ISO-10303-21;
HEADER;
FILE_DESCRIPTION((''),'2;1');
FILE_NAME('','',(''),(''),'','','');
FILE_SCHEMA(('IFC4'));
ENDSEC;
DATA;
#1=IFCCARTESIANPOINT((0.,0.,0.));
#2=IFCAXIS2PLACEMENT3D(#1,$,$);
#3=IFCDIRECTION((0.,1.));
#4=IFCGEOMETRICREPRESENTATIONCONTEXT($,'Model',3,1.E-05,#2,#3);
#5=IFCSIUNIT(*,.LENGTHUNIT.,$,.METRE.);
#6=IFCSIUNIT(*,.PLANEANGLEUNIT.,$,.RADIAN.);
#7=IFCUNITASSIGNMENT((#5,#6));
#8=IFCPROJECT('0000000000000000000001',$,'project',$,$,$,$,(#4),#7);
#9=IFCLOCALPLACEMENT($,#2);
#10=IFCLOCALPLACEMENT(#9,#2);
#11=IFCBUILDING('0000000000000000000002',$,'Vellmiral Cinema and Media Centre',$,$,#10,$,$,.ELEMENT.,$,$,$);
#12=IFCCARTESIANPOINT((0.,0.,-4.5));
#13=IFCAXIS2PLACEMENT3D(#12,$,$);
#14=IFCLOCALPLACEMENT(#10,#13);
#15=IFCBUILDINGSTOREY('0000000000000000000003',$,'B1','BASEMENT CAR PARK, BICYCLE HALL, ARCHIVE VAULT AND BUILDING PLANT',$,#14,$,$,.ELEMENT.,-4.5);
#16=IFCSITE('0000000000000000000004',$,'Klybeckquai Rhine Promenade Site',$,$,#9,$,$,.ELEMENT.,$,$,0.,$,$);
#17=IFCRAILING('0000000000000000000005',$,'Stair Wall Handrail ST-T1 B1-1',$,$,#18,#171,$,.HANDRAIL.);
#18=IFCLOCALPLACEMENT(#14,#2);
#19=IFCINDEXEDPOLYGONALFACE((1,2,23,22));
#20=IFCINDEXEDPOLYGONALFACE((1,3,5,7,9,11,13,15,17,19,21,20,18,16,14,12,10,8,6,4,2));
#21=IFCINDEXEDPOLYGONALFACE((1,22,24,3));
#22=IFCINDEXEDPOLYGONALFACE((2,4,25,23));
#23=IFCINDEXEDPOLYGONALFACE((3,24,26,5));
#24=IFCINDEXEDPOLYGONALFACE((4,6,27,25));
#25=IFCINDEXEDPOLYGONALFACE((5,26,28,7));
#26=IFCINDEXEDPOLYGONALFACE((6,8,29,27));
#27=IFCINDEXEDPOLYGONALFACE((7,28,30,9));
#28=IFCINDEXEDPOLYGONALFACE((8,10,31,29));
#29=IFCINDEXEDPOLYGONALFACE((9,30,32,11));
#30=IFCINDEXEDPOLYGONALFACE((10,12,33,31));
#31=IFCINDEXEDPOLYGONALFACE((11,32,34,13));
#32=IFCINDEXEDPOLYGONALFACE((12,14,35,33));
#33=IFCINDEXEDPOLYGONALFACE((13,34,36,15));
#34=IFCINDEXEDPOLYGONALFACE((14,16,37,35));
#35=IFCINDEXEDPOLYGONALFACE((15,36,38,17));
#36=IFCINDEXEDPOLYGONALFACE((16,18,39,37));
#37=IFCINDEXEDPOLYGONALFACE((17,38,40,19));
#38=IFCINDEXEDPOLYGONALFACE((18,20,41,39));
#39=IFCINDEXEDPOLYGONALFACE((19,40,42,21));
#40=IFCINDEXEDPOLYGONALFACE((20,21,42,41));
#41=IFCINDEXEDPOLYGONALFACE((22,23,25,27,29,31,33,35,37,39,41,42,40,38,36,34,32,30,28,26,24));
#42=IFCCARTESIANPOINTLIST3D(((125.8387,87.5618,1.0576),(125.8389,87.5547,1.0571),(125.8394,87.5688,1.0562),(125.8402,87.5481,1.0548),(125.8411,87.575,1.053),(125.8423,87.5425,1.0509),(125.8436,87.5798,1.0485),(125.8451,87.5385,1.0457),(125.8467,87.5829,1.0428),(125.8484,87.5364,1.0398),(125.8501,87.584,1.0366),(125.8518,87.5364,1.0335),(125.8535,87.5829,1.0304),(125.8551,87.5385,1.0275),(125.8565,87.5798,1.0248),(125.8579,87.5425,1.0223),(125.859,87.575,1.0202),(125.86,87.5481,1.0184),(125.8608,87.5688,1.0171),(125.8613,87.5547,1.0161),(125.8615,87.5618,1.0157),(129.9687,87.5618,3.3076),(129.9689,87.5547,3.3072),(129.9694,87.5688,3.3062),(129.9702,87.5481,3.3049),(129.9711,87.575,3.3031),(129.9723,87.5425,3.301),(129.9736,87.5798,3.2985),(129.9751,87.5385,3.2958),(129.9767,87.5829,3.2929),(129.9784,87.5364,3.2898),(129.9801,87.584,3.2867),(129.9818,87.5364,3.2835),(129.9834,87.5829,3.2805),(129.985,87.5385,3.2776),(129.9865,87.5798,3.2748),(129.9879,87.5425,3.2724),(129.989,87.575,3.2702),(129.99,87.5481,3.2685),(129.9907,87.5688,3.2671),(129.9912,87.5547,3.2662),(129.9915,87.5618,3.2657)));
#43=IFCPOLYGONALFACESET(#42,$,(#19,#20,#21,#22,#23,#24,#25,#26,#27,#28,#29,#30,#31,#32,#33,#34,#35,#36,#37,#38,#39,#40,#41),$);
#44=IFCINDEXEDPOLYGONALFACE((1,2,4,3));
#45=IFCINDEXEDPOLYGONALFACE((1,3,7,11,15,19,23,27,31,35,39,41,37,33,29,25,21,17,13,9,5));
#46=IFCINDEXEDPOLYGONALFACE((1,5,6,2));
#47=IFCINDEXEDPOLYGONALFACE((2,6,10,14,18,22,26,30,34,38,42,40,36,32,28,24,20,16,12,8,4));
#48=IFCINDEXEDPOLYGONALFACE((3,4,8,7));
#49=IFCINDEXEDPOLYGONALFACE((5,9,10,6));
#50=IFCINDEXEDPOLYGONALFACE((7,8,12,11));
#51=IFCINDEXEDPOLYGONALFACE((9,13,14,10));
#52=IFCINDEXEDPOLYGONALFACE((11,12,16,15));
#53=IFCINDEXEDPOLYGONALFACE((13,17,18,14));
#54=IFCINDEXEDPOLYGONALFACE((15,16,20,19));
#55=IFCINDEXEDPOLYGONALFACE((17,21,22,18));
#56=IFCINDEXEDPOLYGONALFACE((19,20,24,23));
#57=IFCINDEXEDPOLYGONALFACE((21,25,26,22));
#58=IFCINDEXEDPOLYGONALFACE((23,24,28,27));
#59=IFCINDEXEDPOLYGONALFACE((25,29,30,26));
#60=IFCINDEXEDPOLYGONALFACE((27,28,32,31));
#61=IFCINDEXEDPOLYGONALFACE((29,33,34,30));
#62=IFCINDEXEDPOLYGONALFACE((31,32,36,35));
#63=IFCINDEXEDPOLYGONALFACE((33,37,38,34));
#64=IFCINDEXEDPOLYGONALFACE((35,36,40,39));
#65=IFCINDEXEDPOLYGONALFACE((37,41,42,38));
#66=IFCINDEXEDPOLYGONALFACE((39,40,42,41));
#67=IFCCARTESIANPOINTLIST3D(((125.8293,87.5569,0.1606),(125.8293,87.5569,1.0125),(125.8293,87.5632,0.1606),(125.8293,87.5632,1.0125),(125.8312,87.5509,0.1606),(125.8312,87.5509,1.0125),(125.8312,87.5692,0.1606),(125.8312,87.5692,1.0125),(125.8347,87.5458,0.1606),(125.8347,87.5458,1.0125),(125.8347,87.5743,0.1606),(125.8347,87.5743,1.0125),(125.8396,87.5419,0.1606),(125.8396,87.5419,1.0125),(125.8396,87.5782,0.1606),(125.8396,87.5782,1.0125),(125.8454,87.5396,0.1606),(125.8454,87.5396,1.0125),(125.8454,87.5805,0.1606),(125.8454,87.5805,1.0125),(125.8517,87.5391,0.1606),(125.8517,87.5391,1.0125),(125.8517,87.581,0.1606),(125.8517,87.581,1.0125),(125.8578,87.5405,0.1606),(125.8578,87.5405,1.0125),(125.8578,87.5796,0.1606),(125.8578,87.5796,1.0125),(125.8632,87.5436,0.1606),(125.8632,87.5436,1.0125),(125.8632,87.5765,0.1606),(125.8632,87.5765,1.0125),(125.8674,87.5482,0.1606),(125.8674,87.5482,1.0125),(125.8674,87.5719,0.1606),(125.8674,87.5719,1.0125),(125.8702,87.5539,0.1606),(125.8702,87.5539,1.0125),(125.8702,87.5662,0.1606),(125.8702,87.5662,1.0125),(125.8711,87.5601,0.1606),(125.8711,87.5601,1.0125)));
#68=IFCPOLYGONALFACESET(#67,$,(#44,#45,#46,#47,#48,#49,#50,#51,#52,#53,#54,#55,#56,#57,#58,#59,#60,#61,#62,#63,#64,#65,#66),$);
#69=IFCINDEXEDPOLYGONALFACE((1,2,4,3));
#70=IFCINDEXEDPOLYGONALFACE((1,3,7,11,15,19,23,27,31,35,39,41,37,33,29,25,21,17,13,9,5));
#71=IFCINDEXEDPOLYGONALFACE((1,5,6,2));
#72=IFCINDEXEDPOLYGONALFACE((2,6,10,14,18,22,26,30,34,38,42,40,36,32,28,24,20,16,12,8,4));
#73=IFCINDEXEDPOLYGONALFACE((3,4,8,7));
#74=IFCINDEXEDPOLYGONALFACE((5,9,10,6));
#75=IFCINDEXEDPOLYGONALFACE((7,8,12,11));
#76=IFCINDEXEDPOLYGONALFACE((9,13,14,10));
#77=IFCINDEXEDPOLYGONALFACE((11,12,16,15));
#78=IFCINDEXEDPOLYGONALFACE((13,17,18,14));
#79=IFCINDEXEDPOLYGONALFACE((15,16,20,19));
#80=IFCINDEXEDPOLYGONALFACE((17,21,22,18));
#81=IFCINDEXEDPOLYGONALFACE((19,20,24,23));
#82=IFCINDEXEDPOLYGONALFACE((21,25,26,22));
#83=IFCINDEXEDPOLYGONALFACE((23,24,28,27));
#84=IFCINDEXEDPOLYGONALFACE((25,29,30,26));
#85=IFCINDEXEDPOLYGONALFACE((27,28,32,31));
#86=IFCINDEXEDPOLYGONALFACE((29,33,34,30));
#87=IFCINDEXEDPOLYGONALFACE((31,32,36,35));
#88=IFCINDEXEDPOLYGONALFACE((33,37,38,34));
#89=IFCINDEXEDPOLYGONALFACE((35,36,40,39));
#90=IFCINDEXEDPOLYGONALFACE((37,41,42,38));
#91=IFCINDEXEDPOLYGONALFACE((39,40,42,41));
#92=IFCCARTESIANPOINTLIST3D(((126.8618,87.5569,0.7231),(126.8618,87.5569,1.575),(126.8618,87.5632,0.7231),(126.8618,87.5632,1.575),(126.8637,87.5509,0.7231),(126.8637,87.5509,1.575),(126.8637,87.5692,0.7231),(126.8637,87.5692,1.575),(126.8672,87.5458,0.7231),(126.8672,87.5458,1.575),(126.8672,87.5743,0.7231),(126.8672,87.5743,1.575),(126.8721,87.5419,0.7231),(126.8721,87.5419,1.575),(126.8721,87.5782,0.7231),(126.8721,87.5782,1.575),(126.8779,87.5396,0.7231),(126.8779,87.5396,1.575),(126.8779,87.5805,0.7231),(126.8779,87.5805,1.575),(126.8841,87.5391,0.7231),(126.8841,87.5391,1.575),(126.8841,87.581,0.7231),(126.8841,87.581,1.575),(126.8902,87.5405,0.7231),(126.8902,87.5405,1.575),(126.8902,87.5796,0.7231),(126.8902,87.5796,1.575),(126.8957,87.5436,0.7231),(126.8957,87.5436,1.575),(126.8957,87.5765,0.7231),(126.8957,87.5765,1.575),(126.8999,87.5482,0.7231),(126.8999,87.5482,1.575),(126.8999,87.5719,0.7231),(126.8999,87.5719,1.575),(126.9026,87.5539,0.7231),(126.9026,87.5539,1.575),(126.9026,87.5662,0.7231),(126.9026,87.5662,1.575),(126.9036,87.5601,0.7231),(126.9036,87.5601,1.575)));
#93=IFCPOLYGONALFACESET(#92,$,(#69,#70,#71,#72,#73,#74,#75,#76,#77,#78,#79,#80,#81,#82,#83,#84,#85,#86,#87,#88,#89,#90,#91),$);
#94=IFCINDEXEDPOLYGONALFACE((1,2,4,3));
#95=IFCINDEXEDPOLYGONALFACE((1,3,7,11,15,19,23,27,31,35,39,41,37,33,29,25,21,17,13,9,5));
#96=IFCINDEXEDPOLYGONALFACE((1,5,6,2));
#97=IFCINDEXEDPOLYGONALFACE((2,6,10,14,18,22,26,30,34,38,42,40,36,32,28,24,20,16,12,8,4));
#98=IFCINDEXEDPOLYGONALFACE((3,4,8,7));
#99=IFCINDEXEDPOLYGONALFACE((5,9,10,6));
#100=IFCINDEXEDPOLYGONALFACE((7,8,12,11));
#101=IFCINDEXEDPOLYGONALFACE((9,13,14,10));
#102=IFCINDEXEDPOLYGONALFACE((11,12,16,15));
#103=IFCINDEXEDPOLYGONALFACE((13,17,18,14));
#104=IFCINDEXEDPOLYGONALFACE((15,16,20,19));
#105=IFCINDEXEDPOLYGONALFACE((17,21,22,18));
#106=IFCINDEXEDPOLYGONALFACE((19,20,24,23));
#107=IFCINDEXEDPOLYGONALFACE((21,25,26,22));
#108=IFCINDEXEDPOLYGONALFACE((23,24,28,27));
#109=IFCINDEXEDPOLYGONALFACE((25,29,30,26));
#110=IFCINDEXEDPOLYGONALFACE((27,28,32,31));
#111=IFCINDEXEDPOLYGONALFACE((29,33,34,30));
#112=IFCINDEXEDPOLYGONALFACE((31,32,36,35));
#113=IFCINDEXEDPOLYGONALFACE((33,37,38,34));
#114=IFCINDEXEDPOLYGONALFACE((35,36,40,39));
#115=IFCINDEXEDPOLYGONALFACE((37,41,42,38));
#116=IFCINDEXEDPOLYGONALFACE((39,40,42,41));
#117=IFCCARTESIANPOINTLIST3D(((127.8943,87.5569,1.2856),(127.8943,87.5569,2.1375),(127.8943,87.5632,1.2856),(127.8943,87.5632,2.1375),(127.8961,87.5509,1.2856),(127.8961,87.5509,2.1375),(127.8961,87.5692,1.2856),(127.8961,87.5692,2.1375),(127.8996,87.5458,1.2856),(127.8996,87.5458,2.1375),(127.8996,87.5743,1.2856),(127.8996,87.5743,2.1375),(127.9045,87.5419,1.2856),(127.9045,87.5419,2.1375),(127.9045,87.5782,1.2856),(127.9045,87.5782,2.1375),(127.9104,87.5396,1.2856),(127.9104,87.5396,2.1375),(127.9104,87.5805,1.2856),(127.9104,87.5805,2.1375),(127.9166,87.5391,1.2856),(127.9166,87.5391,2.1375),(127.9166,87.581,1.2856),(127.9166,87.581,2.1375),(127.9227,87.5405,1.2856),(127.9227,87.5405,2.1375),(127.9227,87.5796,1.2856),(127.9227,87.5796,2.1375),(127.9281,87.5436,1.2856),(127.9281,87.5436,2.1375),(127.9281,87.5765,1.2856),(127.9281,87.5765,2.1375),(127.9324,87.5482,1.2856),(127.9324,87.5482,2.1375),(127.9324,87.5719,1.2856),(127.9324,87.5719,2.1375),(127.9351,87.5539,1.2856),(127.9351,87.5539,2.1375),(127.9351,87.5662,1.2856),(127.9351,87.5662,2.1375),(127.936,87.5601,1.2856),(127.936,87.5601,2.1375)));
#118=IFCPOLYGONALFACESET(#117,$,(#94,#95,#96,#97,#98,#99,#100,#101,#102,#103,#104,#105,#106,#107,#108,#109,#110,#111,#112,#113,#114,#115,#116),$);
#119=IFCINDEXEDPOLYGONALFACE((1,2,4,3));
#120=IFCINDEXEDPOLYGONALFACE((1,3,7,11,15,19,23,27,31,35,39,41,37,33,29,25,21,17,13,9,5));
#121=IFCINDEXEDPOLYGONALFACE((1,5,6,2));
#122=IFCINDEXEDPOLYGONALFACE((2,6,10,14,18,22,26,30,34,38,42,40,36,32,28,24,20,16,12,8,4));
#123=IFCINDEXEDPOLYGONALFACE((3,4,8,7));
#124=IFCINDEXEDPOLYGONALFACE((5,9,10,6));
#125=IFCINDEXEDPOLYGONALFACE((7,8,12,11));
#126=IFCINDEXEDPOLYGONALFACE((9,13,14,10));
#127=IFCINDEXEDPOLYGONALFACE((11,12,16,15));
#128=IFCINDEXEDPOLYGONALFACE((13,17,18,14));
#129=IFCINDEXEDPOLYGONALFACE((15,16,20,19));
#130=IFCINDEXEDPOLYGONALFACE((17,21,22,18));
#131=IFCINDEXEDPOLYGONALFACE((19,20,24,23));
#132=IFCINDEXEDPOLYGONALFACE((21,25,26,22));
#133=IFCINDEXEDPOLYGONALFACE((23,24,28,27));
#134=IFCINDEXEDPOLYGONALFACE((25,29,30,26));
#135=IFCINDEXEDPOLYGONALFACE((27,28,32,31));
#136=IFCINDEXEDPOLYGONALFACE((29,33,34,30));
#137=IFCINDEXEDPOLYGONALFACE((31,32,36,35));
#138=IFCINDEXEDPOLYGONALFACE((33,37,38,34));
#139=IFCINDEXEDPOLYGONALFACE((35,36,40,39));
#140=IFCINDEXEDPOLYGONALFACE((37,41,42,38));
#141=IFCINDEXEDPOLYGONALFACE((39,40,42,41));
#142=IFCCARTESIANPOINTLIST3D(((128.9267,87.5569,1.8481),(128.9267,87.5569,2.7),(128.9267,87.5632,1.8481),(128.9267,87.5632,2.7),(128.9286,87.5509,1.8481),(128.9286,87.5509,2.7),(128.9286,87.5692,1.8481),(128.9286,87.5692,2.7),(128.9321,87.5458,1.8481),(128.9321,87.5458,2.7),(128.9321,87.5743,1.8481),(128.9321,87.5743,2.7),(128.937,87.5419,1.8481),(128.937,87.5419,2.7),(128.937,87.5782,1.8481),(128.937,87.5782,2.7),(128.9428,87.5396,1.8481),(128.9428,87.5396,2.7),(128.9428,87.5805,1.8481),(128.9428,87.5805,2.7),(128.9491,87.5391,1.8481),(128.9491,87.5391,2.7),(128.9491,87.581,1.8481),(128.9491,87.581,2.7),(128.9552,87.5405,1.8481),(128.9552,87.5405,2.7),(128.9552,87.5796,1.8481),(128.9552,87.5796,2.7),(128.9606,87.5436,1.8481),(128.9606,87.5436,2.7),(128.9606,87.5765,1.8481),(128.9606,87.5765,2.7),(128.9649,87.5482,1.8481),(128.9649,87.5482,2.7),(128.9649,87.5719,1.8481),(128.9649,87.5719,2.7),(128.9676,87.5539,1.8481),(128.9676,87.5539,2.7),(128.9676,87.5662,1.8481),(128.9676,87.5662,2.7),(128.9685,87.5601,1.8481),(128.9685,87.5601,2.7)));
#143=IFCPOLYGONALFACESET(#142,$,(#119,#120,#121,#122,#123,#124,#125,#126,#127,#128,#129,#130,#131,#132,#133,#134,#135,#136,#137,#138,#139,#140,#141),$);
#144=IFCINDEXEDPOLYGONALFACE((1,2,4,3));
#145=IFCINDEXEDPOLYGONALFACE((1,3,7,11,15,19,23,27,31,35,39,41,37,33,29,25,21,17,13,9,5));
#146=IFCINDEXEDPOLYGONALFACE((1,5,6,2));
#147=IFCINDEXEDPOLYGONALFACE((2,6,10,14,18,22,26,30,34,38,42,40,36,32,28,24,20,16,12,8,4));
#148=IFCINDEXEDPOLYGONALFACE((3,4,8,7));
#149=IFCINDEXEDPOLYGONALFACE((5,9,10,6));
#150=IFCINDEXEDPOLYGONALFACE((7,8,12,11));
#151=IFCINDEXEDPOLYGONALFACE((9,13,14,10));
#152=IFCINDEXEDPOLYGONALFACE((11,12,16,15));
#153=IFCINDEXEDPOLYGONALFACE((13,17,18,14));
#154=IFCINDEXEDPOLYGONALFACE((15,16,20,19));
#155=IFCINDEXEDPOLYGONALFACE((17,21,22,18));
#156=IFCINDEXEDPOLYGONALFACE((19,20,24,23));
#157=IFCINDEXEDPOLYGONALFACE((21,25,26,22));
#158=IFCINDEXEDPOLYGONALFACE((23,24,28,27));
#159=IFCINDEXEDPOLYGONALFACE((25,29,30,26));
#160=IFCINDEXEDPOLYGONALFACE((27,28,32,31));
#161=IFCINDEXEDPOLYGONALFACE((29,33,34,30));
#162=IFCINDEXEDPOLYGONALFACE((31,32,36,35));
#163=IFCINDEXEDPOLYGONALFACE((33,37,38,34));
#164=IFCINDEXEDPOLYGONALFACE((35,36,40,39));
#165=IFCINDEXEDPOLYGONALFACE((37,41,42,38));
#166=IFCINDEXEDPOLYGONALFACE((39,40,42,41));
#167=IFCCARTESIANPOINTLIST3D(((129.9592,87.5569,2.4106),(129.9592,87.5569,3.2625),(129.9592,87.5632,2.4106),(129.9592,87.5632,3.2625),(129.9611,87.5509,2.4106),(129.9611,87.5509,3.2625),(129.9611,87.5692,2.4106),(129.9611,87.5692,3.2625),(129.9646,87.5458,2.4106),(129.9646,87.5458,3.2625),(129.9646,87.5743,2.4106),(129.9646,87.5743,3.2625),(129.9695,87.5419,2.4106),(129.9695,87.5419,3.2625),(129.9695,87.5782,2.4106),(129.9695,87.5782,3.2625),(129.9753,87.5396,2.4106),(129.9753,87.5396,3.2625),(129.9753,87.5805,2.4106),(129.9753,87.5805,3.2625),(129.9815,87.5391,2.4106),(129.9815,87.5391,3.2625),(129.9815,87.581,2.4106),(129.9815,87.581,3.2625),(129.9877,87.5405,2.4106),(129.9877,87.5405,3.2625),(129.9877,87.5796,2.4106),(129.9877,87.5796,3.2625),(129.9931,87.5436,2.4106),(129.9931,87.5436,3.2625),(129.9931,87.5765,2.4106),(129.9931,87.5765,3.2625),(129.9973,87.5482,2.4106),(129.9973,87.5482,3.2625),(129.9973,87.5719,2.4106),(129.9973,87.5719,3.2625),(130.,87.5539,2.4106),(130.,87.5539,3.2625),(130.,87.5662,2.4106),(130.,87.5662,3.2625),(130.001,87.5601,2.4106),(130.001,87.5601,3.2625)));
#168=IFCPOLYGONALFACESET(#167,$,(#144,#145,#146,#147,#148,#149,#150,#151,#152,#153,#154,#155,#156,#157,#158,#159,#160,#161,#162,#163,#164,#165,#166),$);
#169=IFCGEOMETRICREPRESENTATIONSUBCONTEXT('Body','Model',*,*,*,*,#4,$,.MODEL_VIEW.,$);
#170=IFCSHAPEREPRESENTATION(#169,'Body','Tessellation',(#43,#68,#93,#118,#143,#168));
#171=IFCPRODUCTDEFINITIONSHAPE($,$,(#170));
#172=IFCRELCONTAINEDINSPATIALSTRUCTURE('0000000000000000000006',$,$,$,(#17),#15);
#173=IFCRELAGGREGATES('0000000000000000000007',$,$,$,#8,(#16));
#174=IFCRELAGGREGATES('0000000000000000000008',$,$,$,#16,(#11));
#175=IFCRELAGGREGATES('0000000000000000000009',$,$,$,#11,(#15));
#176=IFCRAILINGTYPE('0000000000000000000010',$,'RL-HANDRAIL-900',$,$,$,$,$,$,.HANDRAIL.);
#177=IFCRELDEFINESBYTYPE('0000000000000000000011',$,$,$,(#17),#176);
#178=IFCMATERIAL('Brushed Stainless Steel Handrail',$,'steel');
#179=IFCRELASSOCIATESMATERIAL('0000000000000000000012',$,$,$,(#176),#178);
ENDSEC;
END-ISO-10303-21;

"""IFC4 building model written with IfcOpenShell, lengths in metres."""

from ifc_helpers import new_model, si_unit, direction, frame, origin, origin_2d, place, context, subcontext, project, spatial, circle, extrude, material, type_object, element, save


model = new_model("IFC4")

# Units and contexts
model_context = context("Model", 3, precision=1e-05, world=origin(), true_north=direction((0.0, 1.0)))
body_context = subcontext(model_context, "Body", "Model", "MODEL_VIEW")
ifc_project = project(units=[si_unit("LENGTHUNIT", "METRE"), si_unit("PLANEANGLEUNIT", "RADIAN")], contexts=[model_context])

# Site, building, storey
site_placement = place(None, origin())
site = spatial("IfcSite", under=ifc_project, at=site_placement, Name="Klybeckquai Rhine Promenade Site", CompositionType="ELEMENT", RefElevation=0.0)
building_placement = place(site_placement, origin())
building = spatial("IfcBuilding", under=site, at=building_placement, Name="Vellmiral Cinema and Media Centre", CompositionType="ELEMENT")
storey_placement = place(building_placement, frame((0.0, 0.0, -4.5)))
storey = spatial("IfcBuildingStorey", under=building, at=storey_placement, Name="B1", Description="BASEMENT CAR PARK, BICYCLE HALL, ARCHIVE VAULT AND BUILDING PLANT", CompositionType="ELEMENT", Elevation=-4.5)

# Railing
ifc_material_1 = material(Name="Brushed Stainless Steel Handrail", Category="steel")
railing_type_1 = type_object("IfcRailingType", Name="RL-HANDRAIL-900", PredefinedType="HANDRAIL", material=ifc_material_1)
railing_1_placement = place(storey_placement, frame((125.8501, 87.5601, 0.1606)))
element("IfcRailing", 1, at=railing_1_placement, inside=storey, type_object=railing_type_1, Name="Stair Wall Handrail ST-T1 B1-1", PredefinedType="HANDRAIL", context=body_context, shape_type="SweptSolid", body=[
    extrude(circle(Radius=0.0239, at=origin_2d()), frame((0.0, 0.0, 0.876), z_axis=(0.878134, 0.0, 0.478416), x_axis=(0.0, 1.0, 0.0)), (0.0, 0.0, 1.0), 4.7031),
    extrude(circle(Radius=0.021, at=origin_2d()), origin(), (0.0, 0.0, 1.0), 0.8518),
    extrude(circle(Radius=0.021, at=origin_2d()), frame((1.0325, 0.0, 0.5625)), (0.0, 0.0, 1.0), 0.8518),
    extrude(circle(Radius=0.021, at=origin_2d()), frame((2.0649, 0.0, 1.125)), (0.0, 0.0, 1.0), 0.8518),
    extrude(circle(Radius=0.021, at=origin_2d()), frame((3.0974, 0.0, 1.6875)), (0.0, 0.0, 1.0), 0.8518),
    extrude(circle(Radius=0.021, at=origin_2d()), frame((4.1299, 0.0, 2.25)), (0.0, 0.0, 1.0), 0.8518),
])

save(model, "model.ifc")
